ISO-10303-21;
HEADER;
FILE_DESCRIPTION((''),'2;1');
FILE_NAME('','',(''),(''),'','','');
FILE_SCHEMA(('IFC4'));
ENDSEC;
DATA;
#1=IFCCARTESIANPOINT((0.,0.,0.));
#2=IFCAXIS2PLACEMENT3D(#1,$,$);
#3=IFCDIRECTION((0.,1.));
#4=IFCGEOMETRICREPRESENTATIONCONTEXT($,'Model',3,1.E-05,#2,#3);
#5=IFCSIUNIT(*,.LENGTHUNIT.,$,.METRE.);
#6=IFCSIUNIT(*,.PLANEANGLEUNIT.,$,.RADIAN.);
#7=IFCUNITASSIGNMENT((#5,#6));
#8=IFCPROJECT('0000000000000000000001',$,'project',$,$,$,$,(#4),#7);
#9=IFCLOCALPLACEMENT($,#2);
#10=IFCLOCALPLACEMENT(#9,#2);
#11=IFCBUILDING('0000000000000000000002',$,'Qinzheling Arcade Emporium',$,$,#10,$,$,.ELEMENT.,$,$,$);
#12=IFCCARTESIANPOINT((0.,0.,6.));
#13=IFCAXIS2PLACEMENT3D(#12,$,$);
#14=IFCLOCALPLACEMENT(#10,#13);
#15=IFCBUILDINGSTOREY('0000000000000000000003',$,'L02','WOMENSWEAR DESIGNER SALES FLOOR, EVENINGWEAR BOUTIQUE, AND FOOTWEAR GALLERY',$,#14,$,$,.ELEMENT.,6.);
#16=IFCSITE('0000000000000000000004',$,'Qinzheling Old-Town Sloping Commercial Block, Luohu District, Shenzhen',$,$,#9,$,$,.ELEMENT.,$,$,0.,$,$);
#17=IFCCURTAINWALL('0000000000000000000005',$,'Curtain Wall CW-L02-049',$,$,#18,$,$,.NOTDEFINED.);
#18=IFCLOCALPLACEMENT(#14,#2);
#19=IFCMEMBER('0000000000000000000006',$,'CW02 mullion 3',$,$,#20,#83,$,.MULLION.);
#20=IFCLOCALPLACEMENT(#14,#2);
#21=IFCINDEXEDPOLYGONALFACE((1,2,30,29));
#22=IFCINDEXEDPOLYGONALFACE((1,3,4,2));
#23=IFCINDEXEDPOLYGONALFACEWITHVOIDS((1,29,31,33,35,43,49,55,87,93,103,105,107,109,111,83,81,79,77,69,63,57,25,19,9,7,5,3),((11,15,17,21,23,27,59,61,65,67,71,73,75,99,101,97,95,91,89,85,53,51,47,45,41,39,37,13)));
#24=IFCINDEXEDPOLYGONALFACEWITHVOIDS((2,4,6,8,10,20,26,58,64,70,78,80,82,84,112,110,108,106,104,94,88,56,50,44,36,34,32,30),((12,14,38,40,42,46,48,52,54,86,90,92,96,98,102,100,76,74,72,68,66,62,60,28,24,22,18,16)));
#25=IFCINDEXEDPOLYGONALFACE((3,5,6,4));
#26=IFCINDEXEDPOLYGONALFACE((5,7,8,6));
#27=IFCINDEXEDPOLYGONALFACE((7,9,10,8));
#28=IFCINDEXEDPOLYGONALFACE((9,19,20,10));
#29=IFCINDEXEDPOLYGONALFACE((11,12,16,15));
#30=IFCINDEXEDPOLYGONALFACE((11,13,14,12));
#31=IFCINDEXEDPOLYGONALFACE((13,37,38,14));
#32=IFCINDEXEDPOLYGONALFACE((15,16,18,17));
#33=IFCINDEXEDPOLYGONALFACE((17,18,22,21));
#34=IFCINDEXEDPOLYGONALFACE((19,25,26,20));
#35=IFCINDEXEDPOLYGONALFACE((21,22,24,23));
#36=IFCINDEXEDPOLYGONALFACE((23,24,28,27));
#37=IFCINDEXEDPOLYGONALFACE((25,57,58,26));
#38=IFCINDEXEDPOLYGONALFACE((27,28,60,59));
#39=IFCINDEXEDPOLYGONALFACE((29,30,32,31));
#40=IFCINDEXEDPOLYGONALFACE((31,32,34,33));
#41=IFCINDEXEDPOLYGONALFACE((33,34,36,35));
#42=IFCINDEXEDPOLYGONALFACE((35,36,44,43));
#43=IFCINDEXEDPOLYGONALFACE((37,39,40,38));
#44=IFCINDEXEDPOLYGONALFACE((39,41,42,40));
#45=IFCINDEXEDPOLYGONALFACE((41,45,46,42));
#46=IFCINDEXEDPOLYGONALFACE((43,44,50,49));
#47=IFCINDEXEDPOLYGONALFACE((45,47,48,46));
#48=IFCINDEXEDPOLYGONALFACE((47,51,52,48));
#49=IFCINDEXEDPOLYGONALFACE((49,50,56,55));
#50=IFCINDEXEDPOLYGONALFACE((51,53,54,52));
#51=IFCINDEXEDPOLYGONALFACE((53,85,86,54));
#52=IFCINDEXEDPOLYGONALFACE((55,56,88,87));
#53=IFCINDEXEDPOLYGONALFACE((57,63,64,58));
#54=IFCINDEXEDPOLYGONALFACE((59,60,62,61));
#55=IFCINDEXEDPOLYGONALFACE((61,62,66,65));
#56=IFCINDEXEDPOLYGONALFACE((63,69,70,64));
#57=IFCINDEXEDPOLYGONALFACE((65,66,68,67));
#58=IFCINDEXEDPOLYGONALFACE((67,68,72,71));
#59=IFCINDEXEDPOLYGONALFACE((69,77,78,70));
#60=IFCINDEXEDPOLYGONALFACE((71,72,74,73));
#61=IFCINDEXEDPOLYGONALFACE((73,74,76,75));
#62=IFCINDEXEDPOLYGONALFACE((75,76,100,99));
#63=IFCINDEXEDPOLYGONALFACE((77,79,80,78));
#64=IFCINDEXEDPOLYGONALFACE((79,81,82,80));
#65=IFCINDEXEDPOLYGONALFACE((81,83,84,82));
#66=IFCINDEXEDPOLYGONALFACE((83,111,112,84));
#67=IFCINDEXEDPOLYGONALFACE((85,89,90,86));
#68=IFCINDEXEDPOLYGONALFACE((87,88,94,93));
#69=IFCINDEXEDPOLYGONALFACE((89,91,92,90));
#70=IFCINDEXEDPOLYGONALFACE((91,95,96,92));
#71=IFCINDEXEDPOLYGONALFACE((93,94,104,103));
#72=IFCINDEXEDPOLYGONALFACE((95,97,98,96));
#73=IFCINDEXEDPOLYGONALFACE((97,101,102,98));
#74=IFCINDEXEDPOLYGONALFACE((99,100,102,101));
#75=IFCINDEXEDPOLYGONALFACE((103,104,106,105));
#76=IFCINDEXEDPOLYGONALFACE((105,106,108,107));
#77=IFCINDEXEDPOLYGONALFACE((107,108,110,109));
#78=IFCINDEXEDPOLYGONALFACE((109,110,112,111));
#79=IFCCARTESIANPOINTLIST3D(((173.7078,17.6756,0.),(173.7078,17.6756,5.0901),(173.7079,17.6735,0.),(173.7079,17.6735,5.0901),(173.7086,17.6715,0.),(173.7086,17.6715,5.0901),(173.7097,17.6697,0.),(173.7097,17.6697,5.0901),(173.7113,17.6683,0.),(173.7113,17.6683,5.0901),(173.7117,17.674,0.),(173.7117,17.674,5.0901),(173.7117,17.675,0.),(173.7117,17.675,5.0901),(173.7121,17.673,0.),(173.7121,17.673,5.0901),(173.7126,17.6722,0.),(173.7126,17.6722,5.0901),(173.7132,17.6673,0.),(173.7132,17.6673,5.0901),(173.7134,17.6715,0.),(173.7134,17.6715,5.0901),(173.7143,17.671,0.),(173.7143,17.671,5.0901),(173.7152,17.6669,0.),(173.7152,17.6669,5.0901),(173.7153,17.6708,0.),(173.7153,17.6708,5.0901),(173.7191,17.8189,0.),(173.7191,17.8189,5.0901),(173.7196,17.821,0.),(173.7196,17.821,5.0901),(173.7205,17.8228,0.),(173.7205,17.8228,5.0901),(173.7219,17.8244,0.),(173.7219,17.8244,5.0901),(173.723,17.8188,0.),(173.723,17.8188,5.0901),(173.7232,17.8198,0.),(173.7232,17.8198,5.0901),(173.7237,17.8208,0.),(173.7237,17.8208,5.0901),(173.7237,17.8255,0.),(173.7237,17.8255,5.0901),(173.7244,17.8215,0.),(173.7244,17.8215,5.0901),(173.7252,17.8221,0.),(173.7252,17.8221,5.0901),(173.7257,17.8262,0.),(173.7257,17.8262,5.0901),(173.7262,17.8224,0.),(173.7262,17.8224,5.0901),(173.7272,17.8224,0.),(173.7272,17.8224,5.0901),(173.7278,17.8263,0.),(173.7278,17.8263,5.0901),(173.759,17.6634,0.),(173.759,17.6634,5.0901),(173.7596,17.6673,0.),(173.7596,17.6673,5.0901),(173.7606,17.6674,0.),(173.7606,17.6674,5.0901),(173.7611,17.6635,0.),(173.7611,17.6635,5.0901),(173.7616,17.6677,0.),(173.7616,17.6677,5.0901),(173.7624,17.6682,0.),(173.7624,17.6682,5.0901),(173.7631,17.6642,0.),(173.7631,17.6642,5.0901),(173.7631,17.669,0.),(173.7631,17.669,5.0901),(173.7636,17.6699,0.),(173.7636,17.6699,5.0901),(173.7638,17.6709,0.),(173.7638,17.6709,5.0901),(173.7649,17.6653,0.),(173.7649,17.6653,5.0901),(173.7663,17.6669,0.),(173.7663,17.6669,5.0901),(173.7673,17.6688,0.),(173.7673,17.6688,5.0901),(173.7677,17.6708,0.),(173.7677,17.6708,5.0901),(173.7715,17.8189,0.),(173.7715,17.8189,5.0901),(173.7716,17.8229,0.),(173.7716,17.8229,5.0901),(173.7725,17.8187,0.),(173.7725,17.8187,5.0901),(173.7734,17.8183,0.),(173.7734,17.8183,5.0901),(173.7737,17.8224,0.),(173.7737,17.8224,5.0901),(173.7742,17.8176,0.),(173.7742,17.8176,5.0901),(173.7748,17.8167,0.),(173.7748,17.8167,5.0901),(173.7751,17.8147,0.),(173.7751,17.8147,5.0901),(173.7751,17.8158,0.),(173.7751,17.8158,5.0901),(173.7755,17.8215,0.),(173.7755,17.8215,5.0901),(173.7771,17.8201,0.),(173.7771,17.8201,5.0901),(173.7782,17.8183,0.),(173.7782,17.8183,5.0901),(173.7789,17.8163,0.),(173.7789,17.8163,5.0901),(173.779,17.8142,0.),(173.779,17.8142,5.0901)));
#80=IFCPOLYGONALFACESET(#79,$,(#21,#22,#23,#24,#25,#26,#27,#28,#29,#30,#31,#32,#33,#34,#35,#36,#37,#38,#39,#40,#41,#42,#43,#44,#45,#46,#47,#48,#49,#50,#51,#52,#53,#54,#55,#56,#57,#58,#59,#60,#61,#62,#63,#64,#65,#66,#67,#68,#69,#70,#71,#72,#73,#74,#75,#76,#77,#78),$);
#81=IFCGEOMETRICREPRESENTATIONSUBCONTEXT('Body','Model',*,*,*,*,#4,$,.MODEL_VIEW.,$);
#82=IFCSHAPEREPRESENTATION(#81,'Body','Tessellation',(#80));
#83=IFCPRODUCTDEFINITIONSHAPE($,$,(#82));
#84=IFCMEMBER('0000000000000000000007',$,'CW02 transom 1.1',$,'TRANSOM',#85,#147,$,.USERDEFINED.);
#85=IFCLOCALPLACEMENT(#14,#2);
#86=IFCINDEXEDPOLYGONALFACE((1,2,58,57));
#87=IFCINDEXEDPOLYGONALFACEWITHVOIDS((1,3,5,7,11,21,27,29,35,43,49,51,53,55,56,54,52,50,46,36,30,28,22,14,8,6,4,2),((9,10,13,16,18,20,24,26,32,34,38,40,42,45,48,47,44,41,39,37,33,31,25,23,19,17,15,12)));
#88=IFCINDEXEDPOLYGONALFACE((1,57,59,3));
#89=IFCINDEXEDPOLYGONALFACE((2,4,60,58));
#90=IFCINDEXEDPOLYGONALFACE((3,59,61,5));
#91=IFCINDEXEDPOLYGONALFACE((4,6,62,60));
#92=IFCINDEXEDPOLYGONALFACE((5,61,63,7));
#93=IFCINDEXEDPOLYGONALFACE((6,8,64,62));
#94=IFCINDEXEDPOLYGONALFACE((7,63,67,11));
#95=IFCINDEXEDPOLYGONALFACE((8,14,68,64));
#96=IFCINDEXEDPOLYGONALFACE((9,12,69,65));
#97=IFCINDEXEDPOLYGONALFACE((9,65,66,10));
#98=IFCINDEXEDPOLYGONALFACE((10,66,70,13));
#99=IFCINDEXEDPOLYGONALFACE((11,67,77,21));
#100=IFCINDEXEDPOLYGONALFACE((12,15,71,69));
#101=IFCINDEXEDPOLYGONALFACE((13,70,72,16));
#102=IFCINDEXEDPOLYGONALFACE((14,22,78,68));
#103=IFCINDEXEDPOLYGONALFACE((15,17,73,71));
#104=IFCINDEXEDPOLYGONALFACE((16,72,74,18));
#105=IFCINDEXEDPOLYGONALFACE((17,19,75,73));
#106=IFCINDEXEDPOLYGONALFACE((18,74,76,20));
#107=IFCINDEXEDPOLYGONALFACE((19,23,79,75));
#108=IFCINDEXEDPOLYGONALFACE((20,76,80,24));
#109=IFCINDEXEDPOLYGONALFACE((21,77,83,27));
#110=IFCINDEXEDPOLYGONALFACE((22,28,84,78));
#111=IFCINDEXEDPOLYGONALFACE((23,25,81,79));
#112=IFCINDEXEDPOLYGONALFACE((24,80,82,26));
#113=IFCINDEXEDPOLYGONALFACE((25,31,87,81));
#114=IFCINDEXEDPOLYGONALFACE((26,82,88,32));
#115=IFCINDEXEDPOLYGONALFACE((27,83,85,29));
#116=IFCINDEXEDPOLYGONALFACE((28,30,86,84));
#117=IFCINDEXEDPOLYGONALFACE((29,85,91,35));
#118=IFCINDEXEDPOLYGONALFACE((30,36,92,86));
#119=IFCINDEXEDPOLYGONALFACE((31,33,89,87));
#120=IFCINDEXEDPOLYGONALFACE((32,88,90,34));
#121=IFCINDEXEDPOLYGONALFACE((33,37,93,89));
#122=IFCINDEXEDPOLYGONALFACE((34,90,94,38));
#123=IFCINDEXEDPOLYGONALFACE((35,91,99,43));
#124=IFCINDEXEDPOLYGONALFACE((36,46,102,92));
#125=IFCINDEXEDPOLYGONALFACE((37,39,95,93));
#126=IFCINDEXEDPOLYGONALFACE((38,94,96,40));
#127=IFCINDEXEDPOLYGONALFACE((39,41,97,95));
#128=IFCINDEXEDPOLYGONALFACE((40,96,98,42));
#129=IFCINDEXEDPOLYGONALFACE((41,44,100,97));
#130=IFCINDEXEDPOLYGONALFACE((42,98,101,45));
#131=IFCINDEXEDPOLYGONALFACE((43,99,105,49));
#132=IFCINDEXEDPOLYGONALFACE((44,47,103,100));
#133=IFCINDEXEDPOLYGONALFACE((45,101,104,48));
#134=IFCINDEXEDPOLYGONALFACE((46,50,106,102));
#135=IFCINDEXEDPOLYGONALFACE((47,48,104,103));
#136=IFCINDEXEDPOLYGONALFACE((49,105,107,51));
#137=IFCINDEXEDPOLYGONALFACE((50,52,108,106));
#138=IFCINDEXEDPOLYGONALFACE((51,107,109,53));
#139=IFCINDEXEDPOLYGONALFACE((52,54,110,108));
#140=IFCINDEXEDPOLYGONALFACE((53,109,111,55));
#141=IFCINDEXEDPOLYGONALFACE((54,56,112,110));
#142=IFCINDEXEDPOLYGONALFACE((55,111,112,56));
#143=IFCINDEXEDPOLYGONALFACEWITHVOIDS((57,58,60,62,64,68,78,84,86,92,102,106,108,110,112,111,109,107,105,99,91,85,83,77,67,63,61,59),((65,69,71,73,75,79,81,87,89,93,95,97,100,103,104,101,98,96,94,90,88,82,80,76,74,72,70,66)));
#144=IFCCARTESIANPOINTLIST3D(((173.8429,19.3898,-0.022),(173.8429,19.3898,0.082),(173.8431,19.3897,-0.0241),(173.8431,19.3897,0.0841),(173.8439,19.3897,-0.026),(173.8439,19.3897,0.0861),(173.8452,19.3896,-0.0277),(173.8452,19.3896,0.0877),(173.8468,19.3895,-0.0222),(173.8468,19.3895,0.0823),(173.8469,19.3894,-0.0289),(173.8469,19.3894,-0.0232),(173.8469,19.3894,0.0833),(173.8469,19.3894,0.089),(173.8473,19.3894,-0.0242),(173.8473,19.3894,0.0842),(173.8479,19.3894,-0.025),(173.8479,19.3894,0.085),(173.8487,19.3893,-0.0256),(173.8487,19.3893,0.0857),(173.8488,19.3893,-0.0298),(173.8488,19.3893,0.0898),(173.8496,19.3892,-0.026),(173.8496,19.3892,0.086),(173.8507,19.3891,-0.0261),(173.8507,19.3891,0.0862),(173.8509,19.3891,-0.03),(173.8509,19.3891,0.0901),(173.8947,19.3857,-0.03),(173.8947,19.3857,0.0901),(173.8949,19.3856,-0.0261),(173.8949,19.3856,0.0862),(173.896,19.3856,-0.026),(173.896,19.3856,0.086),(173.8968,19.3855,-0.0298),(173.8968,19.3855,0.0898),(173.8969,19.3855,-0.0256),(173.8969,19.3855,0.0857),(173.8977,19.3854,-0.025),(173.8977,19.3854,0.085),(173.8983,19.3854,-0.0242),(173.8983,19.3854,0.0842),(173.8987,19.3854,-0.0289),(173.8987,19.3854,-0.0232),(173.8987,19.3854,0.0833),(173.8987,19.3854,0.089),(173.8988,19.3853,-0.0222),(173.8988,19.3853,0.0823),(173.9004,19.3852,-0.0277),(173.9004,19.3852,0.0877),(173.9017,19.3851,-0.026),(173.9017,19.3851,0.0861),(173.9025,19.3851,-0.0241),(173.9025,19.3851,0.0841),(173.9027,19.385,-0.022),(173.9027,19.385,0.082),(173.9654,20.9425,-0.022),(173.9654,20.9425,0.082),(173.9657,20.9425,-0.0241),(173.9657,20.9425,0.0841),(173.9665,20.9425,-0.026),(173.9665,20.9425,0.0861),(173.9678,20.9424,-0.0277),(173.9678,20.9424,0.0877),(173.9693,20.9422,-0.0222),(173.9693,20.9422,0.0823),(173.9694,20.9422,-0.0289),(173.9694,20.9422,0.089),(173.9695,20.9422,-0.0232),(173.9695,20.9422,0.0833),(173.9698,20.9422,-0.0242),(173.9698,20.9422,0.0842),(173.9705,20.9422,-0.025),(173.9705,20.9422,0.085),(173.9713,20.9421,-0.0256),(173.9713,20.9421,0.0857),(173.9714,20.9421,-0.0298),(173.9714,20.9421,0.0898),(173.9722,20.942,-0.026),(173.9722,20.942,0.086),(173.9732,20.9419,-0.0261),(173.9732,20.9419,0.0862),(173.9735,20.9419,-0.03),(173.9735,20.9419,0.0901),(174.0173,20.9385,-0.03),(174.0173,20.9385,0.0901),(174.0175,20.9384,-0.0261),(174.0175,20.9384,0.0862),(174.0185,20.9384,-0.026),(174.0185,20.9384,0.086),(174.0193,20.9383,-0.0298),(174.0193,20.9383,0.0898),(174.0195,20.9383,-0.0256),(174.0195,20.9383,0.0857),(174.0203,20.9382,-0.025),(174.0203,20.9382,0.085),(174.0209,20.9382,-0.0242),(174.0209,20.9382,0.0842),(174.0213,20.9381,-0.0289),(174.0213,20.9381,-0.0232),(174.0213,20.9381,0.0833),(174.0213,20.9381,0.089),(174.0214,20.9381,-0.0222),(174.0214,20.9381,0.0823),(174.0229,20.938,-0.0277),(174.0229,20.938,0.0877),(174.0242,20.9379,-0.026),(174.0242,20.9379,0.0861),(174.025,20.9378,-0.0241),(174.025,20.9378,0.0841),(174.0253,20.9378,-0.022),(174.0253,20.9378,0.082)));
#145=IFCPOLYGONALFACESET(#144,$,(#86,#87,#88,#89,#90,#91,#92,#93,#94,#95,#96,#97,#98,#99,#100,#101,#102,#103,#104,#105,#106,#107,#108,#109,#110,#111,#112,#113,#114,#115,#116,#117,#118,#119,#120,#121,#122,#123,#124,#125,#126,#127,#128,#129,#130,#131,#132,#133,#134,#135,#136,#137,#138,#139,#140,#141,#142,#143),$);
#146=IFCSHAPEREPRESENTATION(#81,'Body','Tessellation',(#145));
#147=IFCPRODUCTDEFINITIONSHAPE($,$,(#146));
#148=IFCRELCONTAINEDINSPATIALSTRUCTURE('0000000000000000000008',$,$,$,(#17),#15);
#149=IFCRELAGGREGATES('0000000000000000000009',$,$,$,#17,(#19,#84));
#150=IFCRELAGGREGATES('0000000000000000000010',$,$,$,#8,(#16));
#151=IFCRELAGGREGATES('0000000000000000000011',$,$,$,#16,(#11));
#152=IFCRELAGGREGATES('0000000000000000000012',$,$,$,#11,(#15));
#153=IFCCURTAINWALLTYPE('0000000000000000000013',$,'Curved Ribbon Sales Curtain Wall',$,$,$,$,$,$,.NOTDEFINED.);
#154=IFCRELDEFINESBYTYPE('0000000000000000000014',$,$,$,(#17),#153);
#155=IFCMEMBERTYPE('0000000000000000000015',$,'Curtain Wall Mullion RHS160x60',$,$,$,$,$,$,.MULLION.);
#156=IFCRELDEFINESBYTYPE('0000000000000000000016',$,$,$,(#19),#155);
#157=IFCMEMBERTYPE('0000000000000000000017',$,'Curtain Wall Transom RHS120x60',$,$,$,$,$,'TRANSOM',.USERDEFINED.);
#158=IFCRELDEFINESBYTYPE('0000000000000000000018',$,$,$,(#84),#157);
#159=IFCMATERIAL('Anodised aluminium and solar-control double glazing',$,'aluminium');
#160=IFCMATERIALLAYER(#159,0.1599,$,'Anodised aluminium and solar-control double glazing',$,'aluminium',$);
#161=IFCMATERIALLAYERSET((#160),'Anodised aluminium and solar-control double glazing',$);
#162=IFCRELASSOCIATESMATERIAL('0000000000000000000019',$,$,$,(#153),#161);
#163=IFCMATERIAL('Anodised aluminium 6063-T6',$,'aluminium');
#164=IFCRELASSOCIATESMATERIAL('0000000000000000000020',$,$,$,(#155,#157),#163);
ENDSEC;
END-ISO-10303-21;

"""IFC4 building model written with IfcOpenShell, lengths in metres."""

from ifc_helpers import new_model, si_unit, direction, frame, origin, origin_2d, place, context, subcontext, project, spatial, hollow_rectangle, extrude, material, layer, layer_set, material_profile, profile_set, type_object, element, aggregate, save


model = new_model("IFC4")

# Units and contexts
model_context = context("Model", 3, precision=1e-05, world=origin(), true_north=direction((0.0, 1.0)))
body_context = subcontext(model_context, "Body", "Model", "MODEL_VIEW")
ifc_project = project(units=[si_unit("LENGTHUNIT", "METRE"), si_unit("PLANEANGLEUNIT", "RADIAN")], contexts=[model_context])

# Site, building, storey
site_placement = place(None, origin())
site = spatial("IfcSite", under=ifc_project, at=site_placement, Name="Qinzheling Old-Town Sloping Commercial Block, Luohu District, Shenzhen", CompositionType="ELEMENT", RefElevation=0.0)
building_placement = place(site_placement, origin())
building = spatial("IfcBuilding", under=site, at=building_placement, Name="Qinzheling Arcade Emporium", CompositionType="ELEMENT")
storey_placement = place(building_placement, frame((0.0, 0.0, 6.0)))
storey = spatial("IfcBuildingStorey", under=building, at=storey_placement, Name="L02", Description="WOMENSWEAR DESIGNER SALES FLOOR, EVENINGWEAR BOUTIQUE, AND FOOTWEAR GALLERY", CompositionType="ELEMENT", Elevation=6.0)

# Curtain wall, members
ifc_material_1 = material(Name="Anodised aluminium and solar-control double glazing", Category="aluminium")
ifc_layer_1 = layer(ifc_material_1, 0.1599, Name="Anodised aluminium and solar-control double glazing", Category="aluminium")
ifc_layer_set_1 = layer_set([ifc_layer_1], Name="Anodised aluminium and solar-control double glazing")
curtain_wall_type = type_object("IfcCurtainWallType", Name="Curved Ribbon Sales Curtain Wall", PredefinedType="NOTDEFINED", material=ifc_layer_set_1)
curtain_wall_placement = place(storey_placement, origin())
curtain_wall = element("IfcCurtainWall", 1, at=curtain_wall_placement, inside=storey, type_object=curtain_wall_type, Name="Curtain Wall CW-L02-049", PredefinedType="NOTDEFINED")
ifc_material_2 = material(Name="Anodised aluminium 6063-T6", Category="aluminium")
ifc_material_profile_1 = material_profile(ifc_material_2, hollow_rectangle(XDim=0.0601, YDim=0.1599, WallThickness=0.0039, InnerFilletRadius=0.0039, OuterFilletRadius=0.0081, at=origin_2d()), Name="RHS 160x60x4", Category="aluminium")
ifc_profile_set_1 = profile_set([ifc_material_profile_1], Name="Anodised aluminium 6063-T6")
member_type_1 = type_object("IfcMemberType", Name="Curtain Wall Mullion RHS160x60", PredefinedType="MULLION", material=ifc_profile_set_1)
member_1_placement = place(storey_placement, frame((173.7434, 17.7449, 0.0), z_axis=(0.0, 0.0, 1.0), x_axis=(0.996906, -0.078599, 0.0)))
member_1 = element("IfcMember", 2, at=member_1_placement, type_object=member_type_1, Name="CW02 mullion 3", PredefinedType="MULLION", context=body_context, shape_type="SweptSolid", body=[
    extrude(hollow_rectangle(XDim=0.0601, YDim=0.1599, WallThickness=0.0039, InnerFilletRadius=0.0039, OuterFilletRadius=0.0081, at=origin_2d()), origin(), (0.0, 0.0, 1.0), 5.0901),
])
ifc_material_profile_2 = material_profile(ifc_material_2, hollow_rectangle(XDim=0.0601, YDim=0.1201, WallThickness=0.0039, InnerFilletRadius=0.0039, OuterFilletRadius=0.0081, at=origin_2d()), Name="RHS 120x60x4", Category="aluminium")
ifc_profile_set_2 = profile_set([ifc_material_profile_2], Name="Anodised aluminium 6063-T6")
member_type_2 = type_object("IfcMemberType", Name="Curtain Wall Transom RHS120x60", ElementType="TRANSOM", PredefinedType="USERDEFINED", material=ifc_profile_set_2)
member_2_placement = place(storey_placement, frame((173.9954, 20.9402, 0.03), z_axis=(-0.078686, -0.996899, 0.0), x_axis=(0.996899, -0.078686, 0.0)))
member_2 = element("IfcMember", 3, at=member_2_placement, type_object=member_type_2, Name="CW02 transom 1.1", ObjectType="TRANSOM", PredefinedType="USERDEFINED", context=body_context, shape_type="SweptSolid", body=[
    extrude(hollow_rectangle(XDim=0.0601, YDim=0.1201, WallThickness=0.0039, InnerFilletRadius=0.0039, OuterFilletRadius=0.0081, at=origin_2d()), origin(), (0.0, 0.0, 1.0), 1.5576),
])
aggregate(curtain_wall, [member_1, member_2])

save(model, "model.ifc")
